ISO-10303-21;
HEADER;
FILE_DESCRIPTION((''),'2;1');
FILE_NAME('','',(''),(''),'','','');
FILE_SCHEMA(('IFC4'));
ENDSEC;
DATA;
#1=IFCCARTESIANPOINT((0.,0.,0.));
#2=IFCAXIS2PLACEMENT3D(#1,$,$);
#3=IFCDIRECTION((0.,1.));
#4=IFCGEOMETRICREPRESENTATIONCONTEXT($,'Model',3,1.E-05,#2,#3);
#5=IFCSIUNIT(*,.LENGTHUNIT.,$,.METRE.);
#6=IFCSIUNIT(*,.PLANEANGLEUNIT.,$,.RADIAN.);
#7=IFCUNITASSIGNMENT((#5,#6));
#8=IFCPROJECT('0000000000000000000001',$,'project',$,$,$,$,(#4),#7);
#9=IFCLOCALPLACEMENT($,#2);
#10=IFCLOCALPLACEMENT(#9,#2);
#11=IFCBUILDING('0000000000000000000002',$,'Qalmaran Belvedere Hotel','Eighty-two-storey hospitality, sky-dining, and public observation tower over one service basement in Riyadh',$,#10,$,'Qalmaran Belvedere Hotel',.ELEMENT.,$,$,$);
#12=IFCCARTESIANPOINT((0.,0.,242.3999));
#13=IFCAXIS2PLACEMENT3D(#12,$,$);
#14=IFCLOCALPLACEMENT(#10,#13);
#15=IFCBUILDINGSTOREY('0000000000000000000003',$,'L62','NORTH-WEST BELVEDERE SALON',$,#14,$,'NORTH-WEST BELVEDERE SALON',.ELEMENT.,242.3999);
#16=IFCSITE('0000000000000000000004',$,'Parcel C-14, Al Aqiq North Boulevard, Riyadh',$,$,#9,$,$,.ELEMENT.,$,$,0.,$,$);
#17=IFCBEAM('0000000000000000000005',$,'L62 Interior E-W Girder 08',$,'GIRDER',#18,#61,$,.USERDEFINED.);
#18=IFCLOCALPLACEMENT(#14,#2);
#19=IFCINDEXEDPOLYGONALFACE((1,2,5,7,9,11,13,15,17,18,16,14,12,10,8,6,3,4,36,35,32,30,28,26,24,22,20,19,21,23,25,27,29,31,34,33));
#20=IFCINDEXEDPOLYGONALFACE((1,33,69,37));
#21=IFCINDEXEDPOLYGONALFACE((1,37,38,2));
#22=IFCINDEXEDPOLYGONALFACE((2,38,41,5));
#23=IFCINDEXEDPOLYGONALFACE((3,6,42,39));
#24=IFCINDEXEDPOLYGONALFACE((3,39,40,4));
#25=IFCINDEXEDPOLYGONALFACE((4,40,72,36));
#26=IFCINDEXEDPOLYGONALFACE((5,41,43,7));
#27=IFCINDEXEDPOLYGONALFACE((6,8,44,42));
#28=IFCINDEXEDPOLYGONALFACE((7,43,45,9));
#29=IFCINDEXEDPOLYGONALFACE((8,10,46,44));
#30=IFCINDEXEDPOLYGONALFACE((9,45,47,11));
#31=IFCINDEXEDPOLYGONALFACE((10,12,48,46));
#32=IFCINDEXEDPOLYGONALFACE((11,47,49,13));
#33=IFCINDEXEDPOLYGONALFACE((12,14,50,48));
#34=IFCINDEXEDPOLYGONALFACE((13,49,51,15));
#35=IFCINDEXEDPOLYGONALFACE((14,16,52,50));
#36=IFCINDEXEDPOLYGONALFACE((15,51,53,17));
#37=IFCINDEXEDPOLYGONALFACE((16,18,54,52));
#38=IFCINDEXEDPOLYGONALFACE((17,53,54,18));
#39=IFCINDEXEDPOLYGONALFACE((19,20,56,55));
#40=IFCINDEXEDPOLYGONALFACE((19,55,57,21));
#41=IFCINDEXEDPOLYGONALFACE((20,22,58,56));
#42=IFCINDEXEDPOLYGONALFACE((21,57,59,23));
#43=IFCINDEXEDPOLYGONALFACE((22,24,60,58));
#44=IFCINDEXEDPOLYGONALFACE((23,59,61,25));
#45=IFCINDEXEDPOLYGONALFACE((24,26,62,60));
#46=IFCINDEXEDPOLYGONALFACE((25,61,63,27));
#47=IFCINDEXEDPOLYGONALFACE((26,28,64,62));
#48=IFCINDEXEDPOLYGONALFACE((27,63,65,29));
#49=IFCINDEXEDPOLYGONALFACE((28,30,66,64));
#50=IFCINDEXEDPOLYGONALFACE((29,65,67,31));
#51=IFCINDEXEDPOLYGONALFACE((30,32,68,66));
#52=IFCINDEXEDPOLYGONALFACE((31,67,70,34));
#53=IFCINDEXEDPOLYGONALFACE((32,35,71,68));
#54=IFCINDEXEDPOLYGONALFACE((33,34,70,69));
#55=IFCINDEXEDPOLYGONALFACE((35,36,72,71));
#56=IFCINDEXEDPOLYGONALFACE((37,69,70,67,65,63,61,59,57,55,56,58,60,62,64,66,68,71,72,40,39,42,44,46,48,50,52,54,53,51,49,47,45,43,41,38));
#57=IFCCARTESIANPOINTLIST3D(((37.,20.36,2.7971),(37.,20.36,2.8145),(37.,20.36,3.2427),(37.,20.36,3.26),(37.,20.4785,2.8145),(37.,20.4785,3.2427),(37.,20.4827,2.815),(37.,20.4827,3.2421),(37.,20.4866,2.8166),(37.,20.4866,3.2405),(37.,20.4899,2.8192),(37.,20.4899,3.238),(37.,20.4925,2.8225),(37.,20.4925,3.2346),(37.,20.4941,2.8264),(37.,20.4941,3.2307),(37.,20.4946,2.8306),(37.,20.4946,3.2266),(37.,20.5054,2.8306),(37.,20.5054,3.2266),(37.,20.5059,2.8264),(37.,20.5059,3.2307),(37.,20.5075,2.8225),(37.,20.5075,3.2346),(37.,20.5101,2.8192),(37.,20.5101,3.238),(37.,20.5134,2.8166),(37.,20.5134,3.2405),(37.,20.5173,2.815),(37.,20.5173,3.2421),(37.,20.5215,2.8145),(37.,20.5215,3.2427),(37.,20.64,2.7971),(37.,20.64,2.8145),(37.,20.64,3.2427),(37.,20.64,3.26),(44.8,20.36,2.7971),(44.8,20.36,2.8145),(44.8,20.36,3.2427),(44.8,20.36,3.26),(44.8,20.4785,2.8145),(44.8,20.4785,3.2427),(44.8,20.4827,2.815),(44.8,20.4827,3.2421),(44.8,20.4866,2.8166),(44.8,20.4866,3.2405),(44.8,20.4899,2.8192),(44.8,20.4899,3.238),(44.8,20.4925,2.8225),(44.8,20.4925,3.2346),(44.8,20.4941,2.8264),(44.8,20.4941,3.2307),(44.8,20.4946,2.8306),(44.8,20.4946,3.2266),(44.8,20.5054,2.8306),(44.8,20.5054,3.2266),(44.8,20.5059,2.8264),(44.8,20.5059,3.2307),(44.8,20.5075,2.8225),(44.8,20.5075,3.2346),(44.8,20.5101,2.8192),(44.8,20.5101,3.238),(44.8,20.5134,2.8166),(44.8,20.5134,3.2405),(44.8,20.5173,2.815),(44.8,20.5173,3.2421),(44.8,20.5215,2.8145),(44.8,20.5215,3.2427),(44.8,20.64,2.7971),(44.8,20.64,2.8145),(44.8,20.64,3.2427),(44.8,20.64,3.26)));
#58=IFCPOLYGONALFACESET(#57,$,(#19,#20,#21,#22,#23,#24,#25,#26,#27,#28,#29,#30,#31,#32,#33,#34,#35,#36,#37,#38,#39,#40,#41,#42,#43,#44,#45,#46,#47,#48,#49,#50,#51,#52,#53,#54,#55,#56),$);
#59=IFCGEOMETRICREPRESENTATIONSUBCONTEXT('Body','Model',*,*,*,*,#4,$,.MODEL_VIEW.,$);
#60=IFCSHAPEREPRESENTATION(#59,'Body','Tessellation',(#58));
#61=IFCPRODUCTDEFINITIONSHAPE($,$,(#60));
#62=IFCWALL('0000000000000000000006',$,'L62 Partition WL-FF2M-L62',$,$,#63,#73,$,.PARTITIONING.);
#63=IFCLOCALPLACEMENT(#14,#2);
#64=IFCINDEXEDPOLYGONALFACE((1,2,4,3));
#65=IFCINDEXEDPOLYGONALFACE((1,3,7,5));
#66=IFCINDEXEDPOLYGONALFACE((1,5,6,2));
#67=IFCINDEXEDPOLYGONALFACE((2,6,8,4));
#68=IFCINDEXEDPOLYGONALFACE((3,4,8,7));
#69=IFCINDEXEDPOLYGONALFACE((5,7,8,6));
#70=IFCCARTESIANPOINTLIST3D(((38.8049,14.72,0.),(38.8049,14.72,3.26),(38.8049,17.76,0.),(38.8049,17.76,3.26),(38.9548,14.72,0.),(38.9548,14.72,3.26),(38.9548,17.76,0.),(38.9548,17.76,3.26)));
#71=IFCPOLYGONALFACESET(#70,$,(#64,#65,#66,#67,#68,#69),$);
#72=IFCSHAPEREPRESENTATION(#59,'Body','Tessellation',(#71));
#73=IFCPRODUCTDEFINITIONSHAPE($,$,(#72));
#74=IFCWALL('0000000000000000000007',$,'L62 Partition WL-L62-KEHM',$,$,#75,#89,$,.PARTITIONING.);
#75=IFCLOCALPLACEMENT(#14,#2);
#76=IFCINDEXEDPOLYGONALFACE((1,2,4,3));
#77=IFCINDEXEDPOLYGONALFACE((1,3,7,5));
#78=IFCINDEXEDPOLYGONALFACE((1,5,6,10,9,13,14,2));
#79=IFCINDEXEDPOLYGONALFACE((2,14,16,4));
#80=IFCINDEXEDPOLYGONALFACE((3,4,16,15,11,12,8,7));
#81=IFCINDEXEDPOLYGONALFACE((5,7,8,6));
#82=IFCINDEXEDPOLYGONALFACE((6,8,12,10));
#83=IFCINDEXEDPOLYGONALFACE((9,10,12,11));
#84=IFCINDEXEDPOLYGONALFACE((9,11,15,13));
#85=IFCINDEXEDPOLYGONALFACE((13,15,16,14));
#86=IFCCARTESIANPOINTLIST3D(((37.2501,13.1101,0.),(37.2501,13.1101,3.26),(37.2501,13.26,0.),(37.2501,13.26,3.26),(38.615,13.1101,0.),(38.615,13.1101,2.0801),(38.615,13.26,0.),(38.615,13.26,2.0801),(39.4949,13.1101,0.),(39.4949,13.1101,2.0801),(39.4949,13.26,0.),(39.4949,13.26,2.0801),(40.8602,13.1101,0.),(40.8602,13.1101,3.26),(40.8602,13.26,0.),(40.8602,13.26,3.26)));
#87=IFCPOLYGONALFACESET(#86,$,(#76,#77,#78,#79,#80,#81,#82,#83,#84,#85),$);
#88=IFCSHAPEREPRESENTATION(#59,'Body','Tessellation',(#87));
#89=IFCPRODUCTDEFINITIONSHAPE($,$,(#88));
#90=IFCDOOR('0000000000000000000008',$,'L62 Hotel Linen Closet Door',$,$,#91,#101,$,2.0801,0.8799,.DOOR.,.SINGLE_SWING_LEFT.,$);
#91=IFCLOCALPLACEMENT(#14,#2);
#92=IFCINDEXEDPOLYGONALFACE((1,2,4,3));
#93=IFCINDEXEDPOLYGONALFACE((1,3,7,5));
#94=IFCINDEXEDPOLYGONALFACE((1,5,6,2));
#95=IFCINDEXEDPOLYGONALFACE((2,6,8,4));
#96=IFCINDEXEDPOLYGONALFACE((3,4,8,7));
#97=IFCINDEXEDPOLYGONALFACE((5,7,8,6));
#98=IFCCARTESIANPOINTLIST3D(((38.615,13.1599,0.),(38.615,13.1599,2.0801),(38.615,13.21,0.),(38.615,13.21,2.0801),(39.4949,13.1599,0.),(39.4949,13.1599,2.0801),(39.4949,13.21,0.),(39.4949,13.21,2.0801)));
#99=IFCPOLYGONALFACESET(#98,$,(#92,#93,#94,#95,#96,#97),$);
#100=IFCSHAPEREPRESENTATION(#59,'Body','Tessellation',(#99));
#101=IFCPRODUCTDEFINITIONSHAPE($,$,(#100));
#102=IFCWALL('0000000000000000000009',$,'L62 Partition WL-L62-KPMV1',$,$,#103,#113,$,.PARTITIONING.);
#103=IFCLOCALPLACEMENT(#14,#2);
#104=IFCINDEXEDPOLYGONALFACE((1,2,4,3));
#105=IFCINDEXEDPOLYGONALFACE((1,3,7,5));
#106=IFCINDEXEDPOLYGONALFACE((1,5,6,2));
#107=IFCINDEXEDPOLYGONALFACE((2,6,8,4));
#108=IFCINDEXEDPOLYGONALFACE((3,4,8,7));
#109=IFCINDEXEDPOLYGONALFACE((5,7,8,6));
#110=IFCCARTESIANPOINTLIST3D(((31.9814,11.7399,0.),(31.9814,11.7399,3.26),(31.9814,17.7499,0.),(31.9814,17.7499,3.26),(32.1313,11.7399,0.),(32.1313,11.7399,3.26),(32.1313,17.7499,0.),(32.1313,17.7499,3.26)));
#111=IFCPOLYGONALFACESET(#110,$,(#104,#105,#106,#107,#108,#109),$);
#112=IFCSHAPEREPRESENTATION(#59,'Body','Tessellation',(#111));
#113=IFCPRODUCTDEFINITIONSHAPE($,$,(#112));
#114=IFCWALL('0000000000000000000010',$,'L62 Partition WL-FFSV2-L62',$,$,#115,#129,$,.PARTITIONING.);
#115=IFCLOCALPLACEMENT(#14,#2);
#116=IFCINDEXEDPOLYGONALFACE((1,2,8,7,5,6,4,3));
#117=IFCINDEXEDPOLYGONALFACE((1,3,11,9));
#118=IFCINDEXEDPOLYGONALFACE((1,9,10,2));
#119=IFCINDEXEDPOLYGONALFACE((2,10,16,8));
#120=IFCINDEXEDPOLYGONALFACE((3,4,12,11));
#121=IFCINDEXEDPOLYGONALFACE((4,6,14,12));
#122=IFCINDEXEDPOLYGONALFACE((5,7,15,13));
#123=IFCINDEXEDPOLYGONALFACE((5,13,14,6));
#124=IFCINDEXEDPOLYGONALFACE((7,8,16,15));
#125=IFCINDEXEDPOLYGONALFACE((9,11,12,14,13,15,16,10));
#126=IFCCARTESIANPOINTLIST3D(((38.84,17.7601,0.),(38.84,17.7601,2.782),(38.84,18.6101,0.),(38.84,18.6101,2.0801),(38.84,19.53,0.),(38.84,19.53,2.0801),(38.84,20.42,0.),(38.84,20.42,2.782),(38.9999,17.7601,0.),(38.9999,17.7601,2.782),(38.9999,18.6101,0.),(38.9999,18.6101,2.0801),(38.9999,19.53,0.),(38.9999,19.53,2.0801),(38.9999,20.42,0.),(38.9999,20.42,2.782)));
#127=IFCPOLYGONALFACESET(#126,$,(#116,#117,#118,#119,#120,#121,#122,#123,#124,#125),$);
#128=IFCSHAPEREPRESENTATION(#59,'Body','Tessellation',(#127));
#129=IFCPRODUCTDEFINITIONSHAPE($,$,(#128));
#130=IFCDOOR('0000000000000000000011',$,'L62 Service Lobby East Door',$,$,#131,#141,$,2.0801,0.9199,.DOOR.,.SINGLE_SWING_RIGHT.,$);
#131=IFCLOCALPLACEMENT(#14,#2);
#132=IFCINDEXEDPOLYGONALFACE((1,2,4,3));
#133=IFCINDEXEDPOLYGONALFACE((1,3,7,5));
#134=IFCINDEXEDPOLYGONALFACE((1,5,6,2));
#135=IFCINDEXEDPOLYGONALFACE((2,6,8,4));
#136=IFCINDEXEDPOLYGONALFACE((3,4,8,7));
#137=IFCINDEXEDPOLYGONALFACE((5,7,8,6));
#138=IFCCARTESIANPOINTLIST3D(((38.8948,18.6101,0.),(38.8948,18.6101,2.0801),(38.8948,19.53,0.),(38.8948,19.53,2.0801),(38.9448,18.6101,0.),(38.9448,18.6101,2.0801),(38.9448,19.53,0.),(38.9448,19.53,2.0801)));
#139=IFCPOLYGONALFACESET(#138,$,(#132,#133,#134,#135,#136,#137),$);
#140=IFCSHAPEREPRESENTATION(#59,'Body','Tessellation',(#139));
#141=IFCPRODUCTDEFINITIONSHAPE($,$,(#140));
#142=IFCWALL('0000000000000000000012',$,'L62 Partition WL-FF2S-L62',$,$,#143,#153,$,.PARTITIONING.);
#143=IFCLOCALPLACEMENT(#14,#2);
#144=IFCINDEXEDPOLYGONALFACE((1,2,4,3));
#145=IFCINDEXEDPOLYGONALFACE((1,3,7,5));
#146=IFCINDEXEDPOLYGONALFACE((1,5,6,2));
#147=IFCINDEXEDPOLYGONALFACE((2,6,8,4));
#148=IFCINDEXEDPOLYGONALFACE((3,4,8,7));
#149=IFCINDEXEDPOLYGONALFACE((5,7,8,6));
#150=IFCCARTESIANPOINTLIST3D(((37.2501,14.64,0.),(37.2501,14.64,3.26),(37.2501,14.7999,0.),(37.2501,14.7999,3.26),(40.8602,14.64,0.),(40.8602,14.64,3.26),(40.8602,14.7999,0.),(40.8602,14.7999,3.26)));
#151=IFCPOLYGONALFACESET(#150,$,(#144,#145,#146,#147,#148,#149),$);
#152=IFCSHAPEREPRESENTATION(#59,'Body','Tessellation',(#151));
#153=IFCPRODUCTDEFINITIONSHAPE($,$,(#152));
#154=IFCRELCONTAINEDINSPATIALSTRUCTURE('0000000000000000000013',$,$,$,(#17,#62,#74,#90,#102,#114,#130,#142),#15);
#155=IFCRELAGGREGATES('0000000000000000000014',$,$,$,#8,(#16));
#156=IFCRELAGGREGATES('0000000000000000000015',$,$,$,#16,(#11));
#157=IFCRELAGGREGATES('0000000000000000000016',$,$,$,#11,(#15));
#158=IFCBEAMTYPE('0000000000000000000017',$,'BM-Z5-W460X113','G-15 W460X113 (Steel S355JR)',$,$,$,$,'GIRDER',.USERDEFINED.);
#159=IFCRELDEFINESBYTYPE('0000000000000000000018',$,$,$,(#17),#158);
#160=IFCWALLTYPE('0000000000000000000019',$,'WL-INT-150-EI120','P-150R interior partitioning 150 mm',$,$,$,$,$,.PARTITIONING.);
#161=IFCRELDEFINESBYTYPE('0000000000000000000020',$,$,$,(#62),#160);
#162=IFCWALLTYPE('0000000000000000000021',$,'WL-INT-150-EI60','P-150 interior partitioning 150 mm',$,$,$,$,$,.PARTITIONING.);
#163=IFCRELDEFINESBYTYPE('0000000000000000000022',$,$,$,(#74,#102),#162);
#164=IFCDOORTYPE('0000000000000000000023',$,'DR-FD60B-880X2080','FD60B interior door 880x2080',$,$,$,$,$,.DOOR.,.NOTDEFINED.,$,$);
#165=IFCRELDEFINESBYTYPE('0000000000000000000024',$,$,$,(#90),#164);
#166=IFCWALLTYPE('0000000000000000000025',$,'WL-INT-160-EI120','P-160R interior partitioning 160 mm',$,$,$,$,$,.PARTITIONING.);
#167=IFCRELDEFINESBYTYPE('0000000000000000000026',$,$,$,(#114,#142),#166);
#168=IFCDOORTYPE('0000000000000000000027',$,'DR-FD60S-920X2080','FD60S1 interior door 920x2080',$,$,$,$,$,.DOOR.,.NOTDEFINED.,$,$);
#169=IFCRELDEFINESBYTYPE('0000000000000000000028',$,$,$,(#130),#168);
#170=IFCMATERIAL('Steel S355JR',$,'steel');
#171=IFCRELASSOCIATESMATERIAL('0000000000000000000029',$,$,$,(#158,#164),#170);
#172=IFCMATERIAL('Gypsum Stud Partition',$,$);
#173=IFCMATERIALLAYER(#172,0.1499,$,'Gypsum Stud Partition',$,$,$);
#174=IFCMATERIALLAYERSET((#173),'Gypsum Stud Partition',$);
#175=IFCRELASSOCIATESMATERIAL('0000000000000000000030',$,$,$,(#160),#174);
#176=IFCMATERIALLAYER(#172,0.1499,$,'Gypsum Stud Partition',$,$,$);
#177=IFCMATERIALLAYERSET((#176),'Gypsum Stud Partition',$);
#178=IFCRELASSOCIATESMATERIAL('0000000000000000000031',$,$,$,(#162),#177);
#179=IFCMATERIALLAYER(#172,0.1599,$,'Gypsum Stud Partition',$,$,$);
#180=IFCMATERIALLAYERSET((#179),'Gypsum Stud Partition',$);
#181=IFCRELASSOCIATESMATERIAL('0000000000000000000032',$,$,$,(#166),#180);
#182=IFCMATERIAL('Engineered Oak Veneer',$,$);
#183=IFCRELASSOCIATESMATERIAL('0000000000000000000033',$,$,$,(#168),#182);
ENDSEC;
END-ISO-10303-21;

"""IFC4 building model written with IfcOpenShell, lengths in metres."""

from ifc_helpers import new_model, si_unit, direction, frame, frame_2d, origin, origin_2d, place, context, subcontext, project, spatial, rectangle, i_section, extrude, material, layer, layer_set, material_profile, profile_set, type_object, element, fill, save


model = new_model("IFC4")

# Units and contexts
model_context = context("Model", 3, precision=1e-05, world=origin(), true_north=direction((0.0, 1.0)))
body_context = subcontext(model_context, "Body", "Model", "MODEL_VIEW")
ifc_project = project(units=[si_unit("LENGTHUNIT", "METRE"), si_unit("PLANEANGLEUNIT", "RADIAN")], contexts=[model_context])

# Site, building, storey
site_placement = place(None, origin())
site = spatial("IfcSite", under=ifc_project, at=site_placement, Name="Parcel C-14, Al Aqiq North Boulevard, Riyadh", CompositionType="ELEMENT", RefElevation=0.0)
building_placement = place(site_placement, origin())
building = spatial("IfcBuilding", under=site, at=building_placement, Name="Qalmaran Belvedere Hotel", Description="Eighty-two-storey hospitality, sky-dining, and public observation tower over one service basement in Riyadh", LongName="Qalmaran Belvedere Hotel", CompositionType="ELEMENT")
storey_placement = place(building_placement, frame((0.0, 0.0, 242.3999)))
storey = spatial("IfcBuildingStorey", under=building, at=storey_placement, Name="L62", Description="NORTH-WEST BELVEDERE SALON", LongName="NORTH-WEST BELVEDERE SALON", CompositionType="ELEMENT", Elevation=242.3999)

# Beam
ifc_material_1 = material(Name="Steel S355JR", Category="steel")
ifc_material_profile_1 = material_profile(ifc_material_1, i_section(OverallWidth=0.28, OverallDepth=0.4629, WebThickness=0.0107, FlangeThickness=0.0173, FilletRadius=0.0161, at=origin_2d()), Name="W460X113")
ifc_profile_set_1 = profile_set([ifc_material_profile_1], Name="Steel S355JR")
beam_type_1 = type_object("IfcBeamType", Name="BM-Z5-W460X113", Description="G-15 W460X113 (Steel S355JR)", ElementType="GIRDER", PredefinedType="USERDEFINED", material=ifc_profile_set_1)
for number, where, z_axis, x_axis, name in (
    (1, (37.0, 20.5, 3.0286), (1.0, 0.0, 0.0), (0.0, 1.0, 0.0), "L62 Interior E-W Girder 08"),
):
    element("IfcBeam", number, at=place(storey_placement, frame(where, z_axis=z_axis, x_axis=x_axis)), inside=storey, type_object=beam_type_1, Name=name, ObjectType="GIRDER", PredefinedType="USERDEFINED", context=body_context, shape_type="SweptSolid", body=[
        extrude(i_section(OverallWidth=0.28, OverallDepth=0.4629, WebThickness=0.0107, FlangeThickness=0.0173, FilletRadius=0.0161, at=origin_2d()), origin(), (0.0, 0.0, 1.0), 7.8),
    ])

# Wall
ifc_material_2 = material(Name="Gypsum Stud Partition")
ifc_layer_1 = layer(ifc_material_2, 0.1499, Name="Gypsum Stud Partition")
ifc_layer_set_1 = layer_set([ifc_layer_1], Name="Gypsum Stud Partition")
wall_type_1 = type_object("IfcWallType", Name="WL-INT-150-EI120", Description="P-150R interior partitioning 150 mm", PredefinedType="PARTITIONING", material=ifc_layer_set_1)
wall_1_placement = place(storey_placement, frame((38.8799, 14.72, 0.0), z_axis=(0.0, 0.0, 1.0), x_axis=(0.0, 1.0, 0.0)))
element("IfcWall", 2, at=wall_1_placement, inside=storey, type_object=wall_type_1, Name="L62 Partition WL-FF2M-L62", PredefinedType="PARTITIONING", context=body_context, shape_type="SweptSolid", body=[
    extrude(rectangle(XDim=3.04, YDim=0.1499, at=frame_2d((1.52, 0.0))), origin(), (0.0, 0.0, 1.0), 3.26),
])

# Wall, opening, door
ifc_layer_2 = layer(ifc_material_2, 0.1499, Name="Gypsum Stud Partition")
ifc_layer_set_2 = layer_set([ifc_layer_2], Name="Gypsum Stud Partition")
wall_type_2 = type_object("IfcWallType", Name="WL-INT-150-EI60", Description="P-150 interior partitioning 150 mm", PredefinedType="PARTITIONING", material=ifc_layer_set_2)
wall_2_placement = place(storey_placement, frame((37.25, 13.1851, 0.0), z_axis=(0.0, 0.0, 1.0), x_axis=(1.0, 0.0, 0.0)))
wall_2 = element("IfcWall", 3, at=wall_2_placement, inside=storey, type_object=wall_type_2, Name="L62 Partition WL-L62-KEHM", PredefinedType="PARTITIONING", context=body_context, shape_type="SweptSolid", body=[
    extrude(rectangle(XDim=3.6101, YDim=0.1499, at=frame_2d((1.8052, 0.0))), origin(), (0.0, 0.0, 1.0), 3.26),
])
opening_1_placement = place(wall_2_placement, frame((1.365, 0.0, 0.0)))
opening_1 = element("IfcOpeningElement", 4, at=opening_1_placement, cuts=wall_2, PredefinedType="OPENING", context=body_context, shape_type="SweptSolid", body=[
    extrude(rectangle(XDim=0.8799, YDim=2.0801, at=frame_2d((0.4399, 1.04))), frame((0.0, 0.085, 0.0), z_axis=(0.0, -1.0, 0.0), x_axis=(1.0, 0.0, 0.0)), (0.0, 0.0, 1.0), 0.1699),
])
door_type_1 = type_object("IfcDoorType", Name="DR-FD60B-880X2080", Description="FD60B interior door 880x2080", OperationType="NOTDEFINED", PredefinedType="DOOR", material=ifc_material_1)
door_1_placement = place(opening_1_placement, origin())
door_1 = element("IfcDoor", 5, at=door_1_placement, inside=storey, type_object=door_type_1, Name="L62 Hotel Linen Closet Door", OperationType="SINGLE_SWING_LEFT", OverallHeight=2.0801, OverallWidth=0.8799, PredefinedType="DOOR", context=body_context, shape_type="SweptSolid", body=[
    extrude(rectangle(XDim=0.8799, YDim=2.0801, at=frame_2d((0.4399, 1.04))), frame((0.0, 0.0249, 0.0), z_axis=(0.0, -1.0, 0.0), x_axis=(1.0, 0.0, 0.0)), (0.0, 0.0, 1.0), 0.05),
])
fill(opening_1, door_1)

# Wall
wall_3_placement = place(storey_placement, frame((32.0564, 11.74, 0.0), z_axis=(0.0, 0.0, 1.0), x_axis=(0.0, 1.0, 0.0)))
element("IfcWall", 6, at=wall_3_placement, inside=storey, type_object=wall_type_2, Name="L62 Partition WL-L62-KPMV1", PredefinedType="PARTITIONING", context=body_context, shape_type="SweptSolid", body=[
    extrude(rectangle(XDim=6.01, YDim=0.1499, at=frame_2d((3.0049, 0.0))), origin(), (0.0, 0.0, 1.0), 3.26),
])

# Wall, opening, door
ifc_layer_3 = layer(ifc_material_2, 0.1599, Name="Gypsum Stud Partition")
ifc_layer_set_3 = layer_set([ifc_layer_3], Name="Gypsum Stud Partition")
wall_type_3 = type_object("IfcWallType", Name="WL-INT-160-EI120", Description="P-160R interior partitioning 160 mm", PredefinedType="PARTITIONING", material=ifc_layer_set_3)
wall_4_placement = place(storey_placement, frame((38.9199, 17.76, 0.0), z_axis=(0.0, 0.0, 1.0), x_axis=(0.0, 1.0, 0.0)))
wall_4 = element("IfcWall", 7, at=wall_4_placement, inside=storey, type_object=wall_type_3, Name="L62 Partition WL-FFSV2-L62", PredefinedType="PARTITIONING", context=body_context, shape_type="SweptSolid", body=[
    extrude(rectangle(XDim=2.6599, YDim=0.1599, at=frame_2d((1.3301, 0.0))), origin(), (0.0, 0.0, 1.0), 2.782),
])
opening_2_placement = place(wall_4_placement, frame((1.77, 0.0, 0.0), z_axis=(0.0, 0.0, 1.0), x_axis=(-1.0, 0.0, 0.0)))
opening_2 = element("IfcOpeningElement", 8, at=opening_2_placement, cuts=wall_4, PredefinedType="OPENING", context=body_context, shape_type="SweptSolid", body=[
    extrude(rectangle(XDim=0.9199, YDim=2.0801, at=frame_2d((0.46, 1.04))), frame((0.0, 0.0898, 0.0), z_axis=(0.0, -1.0, 0.0), x_axis=(1.0, 0.0, 0.0)), (0.0, 0.0, 1.0), 0.1799),
])
ifc_material_3 = material(Name="Engineered Oak Veneer")
door_type_2 = type_object("IfcDoorType", Name="DR-FD60S-920X2080", Description="FD60S1 interior door 920x2080", OperationType="NOTDEFINED", PredefinedType="DOOR", material=ifc_material_3)
door_2_placement = place(opening_2_placement, origin())
door_2 = element("IfcDoor", 9, at=door_2_placement, inside=storey, type_object=door_type_2, Name="L62 Service Lobby East Door", OperationType="SINGLE_SWING_RIGHT", OverallHeight=2.0801, OverallWidth=0.9199, PredefinedType="DOOR", context=body_context, shape_type="SweptSolid", body=[
    extrude(rectangle(XDim=0.9199, YDim=2.0801, at=frame_2d((0.46, 1.04))), frame((0.0, 0.0249, 0.0), z_axis=(0.0, -1.0, 0.0), x_axis=(1.0, 0.0, 0.0)), (0.0, 0.0, 1.0), 0.05),
])
fill(opening_2, door_2)

# Wall
wall_5_placement = place(storey_placement, frame((37.25, 14.72, 0.0), z_axis=(0.0, 0.0, 1.0), x_axis=(1.0, 0.0, 0.0)))
element("IfcWall", 10, at=wall_5_placement, inside=storey, type_object=wall_type_3, Name="L62 Partition WL-FF2S-L62", PredefinedType="PARTITIONING", context=body_context, shape_type="SweptSolid", body=[
    extrude(rectangle(XDim=3.6101, YDim=0.1599, at=frame_2d((1.8052, 0.0))), origin(), (0.0, 0.0, 1.0), 3.26),
])

save(model, "model.ifc")
